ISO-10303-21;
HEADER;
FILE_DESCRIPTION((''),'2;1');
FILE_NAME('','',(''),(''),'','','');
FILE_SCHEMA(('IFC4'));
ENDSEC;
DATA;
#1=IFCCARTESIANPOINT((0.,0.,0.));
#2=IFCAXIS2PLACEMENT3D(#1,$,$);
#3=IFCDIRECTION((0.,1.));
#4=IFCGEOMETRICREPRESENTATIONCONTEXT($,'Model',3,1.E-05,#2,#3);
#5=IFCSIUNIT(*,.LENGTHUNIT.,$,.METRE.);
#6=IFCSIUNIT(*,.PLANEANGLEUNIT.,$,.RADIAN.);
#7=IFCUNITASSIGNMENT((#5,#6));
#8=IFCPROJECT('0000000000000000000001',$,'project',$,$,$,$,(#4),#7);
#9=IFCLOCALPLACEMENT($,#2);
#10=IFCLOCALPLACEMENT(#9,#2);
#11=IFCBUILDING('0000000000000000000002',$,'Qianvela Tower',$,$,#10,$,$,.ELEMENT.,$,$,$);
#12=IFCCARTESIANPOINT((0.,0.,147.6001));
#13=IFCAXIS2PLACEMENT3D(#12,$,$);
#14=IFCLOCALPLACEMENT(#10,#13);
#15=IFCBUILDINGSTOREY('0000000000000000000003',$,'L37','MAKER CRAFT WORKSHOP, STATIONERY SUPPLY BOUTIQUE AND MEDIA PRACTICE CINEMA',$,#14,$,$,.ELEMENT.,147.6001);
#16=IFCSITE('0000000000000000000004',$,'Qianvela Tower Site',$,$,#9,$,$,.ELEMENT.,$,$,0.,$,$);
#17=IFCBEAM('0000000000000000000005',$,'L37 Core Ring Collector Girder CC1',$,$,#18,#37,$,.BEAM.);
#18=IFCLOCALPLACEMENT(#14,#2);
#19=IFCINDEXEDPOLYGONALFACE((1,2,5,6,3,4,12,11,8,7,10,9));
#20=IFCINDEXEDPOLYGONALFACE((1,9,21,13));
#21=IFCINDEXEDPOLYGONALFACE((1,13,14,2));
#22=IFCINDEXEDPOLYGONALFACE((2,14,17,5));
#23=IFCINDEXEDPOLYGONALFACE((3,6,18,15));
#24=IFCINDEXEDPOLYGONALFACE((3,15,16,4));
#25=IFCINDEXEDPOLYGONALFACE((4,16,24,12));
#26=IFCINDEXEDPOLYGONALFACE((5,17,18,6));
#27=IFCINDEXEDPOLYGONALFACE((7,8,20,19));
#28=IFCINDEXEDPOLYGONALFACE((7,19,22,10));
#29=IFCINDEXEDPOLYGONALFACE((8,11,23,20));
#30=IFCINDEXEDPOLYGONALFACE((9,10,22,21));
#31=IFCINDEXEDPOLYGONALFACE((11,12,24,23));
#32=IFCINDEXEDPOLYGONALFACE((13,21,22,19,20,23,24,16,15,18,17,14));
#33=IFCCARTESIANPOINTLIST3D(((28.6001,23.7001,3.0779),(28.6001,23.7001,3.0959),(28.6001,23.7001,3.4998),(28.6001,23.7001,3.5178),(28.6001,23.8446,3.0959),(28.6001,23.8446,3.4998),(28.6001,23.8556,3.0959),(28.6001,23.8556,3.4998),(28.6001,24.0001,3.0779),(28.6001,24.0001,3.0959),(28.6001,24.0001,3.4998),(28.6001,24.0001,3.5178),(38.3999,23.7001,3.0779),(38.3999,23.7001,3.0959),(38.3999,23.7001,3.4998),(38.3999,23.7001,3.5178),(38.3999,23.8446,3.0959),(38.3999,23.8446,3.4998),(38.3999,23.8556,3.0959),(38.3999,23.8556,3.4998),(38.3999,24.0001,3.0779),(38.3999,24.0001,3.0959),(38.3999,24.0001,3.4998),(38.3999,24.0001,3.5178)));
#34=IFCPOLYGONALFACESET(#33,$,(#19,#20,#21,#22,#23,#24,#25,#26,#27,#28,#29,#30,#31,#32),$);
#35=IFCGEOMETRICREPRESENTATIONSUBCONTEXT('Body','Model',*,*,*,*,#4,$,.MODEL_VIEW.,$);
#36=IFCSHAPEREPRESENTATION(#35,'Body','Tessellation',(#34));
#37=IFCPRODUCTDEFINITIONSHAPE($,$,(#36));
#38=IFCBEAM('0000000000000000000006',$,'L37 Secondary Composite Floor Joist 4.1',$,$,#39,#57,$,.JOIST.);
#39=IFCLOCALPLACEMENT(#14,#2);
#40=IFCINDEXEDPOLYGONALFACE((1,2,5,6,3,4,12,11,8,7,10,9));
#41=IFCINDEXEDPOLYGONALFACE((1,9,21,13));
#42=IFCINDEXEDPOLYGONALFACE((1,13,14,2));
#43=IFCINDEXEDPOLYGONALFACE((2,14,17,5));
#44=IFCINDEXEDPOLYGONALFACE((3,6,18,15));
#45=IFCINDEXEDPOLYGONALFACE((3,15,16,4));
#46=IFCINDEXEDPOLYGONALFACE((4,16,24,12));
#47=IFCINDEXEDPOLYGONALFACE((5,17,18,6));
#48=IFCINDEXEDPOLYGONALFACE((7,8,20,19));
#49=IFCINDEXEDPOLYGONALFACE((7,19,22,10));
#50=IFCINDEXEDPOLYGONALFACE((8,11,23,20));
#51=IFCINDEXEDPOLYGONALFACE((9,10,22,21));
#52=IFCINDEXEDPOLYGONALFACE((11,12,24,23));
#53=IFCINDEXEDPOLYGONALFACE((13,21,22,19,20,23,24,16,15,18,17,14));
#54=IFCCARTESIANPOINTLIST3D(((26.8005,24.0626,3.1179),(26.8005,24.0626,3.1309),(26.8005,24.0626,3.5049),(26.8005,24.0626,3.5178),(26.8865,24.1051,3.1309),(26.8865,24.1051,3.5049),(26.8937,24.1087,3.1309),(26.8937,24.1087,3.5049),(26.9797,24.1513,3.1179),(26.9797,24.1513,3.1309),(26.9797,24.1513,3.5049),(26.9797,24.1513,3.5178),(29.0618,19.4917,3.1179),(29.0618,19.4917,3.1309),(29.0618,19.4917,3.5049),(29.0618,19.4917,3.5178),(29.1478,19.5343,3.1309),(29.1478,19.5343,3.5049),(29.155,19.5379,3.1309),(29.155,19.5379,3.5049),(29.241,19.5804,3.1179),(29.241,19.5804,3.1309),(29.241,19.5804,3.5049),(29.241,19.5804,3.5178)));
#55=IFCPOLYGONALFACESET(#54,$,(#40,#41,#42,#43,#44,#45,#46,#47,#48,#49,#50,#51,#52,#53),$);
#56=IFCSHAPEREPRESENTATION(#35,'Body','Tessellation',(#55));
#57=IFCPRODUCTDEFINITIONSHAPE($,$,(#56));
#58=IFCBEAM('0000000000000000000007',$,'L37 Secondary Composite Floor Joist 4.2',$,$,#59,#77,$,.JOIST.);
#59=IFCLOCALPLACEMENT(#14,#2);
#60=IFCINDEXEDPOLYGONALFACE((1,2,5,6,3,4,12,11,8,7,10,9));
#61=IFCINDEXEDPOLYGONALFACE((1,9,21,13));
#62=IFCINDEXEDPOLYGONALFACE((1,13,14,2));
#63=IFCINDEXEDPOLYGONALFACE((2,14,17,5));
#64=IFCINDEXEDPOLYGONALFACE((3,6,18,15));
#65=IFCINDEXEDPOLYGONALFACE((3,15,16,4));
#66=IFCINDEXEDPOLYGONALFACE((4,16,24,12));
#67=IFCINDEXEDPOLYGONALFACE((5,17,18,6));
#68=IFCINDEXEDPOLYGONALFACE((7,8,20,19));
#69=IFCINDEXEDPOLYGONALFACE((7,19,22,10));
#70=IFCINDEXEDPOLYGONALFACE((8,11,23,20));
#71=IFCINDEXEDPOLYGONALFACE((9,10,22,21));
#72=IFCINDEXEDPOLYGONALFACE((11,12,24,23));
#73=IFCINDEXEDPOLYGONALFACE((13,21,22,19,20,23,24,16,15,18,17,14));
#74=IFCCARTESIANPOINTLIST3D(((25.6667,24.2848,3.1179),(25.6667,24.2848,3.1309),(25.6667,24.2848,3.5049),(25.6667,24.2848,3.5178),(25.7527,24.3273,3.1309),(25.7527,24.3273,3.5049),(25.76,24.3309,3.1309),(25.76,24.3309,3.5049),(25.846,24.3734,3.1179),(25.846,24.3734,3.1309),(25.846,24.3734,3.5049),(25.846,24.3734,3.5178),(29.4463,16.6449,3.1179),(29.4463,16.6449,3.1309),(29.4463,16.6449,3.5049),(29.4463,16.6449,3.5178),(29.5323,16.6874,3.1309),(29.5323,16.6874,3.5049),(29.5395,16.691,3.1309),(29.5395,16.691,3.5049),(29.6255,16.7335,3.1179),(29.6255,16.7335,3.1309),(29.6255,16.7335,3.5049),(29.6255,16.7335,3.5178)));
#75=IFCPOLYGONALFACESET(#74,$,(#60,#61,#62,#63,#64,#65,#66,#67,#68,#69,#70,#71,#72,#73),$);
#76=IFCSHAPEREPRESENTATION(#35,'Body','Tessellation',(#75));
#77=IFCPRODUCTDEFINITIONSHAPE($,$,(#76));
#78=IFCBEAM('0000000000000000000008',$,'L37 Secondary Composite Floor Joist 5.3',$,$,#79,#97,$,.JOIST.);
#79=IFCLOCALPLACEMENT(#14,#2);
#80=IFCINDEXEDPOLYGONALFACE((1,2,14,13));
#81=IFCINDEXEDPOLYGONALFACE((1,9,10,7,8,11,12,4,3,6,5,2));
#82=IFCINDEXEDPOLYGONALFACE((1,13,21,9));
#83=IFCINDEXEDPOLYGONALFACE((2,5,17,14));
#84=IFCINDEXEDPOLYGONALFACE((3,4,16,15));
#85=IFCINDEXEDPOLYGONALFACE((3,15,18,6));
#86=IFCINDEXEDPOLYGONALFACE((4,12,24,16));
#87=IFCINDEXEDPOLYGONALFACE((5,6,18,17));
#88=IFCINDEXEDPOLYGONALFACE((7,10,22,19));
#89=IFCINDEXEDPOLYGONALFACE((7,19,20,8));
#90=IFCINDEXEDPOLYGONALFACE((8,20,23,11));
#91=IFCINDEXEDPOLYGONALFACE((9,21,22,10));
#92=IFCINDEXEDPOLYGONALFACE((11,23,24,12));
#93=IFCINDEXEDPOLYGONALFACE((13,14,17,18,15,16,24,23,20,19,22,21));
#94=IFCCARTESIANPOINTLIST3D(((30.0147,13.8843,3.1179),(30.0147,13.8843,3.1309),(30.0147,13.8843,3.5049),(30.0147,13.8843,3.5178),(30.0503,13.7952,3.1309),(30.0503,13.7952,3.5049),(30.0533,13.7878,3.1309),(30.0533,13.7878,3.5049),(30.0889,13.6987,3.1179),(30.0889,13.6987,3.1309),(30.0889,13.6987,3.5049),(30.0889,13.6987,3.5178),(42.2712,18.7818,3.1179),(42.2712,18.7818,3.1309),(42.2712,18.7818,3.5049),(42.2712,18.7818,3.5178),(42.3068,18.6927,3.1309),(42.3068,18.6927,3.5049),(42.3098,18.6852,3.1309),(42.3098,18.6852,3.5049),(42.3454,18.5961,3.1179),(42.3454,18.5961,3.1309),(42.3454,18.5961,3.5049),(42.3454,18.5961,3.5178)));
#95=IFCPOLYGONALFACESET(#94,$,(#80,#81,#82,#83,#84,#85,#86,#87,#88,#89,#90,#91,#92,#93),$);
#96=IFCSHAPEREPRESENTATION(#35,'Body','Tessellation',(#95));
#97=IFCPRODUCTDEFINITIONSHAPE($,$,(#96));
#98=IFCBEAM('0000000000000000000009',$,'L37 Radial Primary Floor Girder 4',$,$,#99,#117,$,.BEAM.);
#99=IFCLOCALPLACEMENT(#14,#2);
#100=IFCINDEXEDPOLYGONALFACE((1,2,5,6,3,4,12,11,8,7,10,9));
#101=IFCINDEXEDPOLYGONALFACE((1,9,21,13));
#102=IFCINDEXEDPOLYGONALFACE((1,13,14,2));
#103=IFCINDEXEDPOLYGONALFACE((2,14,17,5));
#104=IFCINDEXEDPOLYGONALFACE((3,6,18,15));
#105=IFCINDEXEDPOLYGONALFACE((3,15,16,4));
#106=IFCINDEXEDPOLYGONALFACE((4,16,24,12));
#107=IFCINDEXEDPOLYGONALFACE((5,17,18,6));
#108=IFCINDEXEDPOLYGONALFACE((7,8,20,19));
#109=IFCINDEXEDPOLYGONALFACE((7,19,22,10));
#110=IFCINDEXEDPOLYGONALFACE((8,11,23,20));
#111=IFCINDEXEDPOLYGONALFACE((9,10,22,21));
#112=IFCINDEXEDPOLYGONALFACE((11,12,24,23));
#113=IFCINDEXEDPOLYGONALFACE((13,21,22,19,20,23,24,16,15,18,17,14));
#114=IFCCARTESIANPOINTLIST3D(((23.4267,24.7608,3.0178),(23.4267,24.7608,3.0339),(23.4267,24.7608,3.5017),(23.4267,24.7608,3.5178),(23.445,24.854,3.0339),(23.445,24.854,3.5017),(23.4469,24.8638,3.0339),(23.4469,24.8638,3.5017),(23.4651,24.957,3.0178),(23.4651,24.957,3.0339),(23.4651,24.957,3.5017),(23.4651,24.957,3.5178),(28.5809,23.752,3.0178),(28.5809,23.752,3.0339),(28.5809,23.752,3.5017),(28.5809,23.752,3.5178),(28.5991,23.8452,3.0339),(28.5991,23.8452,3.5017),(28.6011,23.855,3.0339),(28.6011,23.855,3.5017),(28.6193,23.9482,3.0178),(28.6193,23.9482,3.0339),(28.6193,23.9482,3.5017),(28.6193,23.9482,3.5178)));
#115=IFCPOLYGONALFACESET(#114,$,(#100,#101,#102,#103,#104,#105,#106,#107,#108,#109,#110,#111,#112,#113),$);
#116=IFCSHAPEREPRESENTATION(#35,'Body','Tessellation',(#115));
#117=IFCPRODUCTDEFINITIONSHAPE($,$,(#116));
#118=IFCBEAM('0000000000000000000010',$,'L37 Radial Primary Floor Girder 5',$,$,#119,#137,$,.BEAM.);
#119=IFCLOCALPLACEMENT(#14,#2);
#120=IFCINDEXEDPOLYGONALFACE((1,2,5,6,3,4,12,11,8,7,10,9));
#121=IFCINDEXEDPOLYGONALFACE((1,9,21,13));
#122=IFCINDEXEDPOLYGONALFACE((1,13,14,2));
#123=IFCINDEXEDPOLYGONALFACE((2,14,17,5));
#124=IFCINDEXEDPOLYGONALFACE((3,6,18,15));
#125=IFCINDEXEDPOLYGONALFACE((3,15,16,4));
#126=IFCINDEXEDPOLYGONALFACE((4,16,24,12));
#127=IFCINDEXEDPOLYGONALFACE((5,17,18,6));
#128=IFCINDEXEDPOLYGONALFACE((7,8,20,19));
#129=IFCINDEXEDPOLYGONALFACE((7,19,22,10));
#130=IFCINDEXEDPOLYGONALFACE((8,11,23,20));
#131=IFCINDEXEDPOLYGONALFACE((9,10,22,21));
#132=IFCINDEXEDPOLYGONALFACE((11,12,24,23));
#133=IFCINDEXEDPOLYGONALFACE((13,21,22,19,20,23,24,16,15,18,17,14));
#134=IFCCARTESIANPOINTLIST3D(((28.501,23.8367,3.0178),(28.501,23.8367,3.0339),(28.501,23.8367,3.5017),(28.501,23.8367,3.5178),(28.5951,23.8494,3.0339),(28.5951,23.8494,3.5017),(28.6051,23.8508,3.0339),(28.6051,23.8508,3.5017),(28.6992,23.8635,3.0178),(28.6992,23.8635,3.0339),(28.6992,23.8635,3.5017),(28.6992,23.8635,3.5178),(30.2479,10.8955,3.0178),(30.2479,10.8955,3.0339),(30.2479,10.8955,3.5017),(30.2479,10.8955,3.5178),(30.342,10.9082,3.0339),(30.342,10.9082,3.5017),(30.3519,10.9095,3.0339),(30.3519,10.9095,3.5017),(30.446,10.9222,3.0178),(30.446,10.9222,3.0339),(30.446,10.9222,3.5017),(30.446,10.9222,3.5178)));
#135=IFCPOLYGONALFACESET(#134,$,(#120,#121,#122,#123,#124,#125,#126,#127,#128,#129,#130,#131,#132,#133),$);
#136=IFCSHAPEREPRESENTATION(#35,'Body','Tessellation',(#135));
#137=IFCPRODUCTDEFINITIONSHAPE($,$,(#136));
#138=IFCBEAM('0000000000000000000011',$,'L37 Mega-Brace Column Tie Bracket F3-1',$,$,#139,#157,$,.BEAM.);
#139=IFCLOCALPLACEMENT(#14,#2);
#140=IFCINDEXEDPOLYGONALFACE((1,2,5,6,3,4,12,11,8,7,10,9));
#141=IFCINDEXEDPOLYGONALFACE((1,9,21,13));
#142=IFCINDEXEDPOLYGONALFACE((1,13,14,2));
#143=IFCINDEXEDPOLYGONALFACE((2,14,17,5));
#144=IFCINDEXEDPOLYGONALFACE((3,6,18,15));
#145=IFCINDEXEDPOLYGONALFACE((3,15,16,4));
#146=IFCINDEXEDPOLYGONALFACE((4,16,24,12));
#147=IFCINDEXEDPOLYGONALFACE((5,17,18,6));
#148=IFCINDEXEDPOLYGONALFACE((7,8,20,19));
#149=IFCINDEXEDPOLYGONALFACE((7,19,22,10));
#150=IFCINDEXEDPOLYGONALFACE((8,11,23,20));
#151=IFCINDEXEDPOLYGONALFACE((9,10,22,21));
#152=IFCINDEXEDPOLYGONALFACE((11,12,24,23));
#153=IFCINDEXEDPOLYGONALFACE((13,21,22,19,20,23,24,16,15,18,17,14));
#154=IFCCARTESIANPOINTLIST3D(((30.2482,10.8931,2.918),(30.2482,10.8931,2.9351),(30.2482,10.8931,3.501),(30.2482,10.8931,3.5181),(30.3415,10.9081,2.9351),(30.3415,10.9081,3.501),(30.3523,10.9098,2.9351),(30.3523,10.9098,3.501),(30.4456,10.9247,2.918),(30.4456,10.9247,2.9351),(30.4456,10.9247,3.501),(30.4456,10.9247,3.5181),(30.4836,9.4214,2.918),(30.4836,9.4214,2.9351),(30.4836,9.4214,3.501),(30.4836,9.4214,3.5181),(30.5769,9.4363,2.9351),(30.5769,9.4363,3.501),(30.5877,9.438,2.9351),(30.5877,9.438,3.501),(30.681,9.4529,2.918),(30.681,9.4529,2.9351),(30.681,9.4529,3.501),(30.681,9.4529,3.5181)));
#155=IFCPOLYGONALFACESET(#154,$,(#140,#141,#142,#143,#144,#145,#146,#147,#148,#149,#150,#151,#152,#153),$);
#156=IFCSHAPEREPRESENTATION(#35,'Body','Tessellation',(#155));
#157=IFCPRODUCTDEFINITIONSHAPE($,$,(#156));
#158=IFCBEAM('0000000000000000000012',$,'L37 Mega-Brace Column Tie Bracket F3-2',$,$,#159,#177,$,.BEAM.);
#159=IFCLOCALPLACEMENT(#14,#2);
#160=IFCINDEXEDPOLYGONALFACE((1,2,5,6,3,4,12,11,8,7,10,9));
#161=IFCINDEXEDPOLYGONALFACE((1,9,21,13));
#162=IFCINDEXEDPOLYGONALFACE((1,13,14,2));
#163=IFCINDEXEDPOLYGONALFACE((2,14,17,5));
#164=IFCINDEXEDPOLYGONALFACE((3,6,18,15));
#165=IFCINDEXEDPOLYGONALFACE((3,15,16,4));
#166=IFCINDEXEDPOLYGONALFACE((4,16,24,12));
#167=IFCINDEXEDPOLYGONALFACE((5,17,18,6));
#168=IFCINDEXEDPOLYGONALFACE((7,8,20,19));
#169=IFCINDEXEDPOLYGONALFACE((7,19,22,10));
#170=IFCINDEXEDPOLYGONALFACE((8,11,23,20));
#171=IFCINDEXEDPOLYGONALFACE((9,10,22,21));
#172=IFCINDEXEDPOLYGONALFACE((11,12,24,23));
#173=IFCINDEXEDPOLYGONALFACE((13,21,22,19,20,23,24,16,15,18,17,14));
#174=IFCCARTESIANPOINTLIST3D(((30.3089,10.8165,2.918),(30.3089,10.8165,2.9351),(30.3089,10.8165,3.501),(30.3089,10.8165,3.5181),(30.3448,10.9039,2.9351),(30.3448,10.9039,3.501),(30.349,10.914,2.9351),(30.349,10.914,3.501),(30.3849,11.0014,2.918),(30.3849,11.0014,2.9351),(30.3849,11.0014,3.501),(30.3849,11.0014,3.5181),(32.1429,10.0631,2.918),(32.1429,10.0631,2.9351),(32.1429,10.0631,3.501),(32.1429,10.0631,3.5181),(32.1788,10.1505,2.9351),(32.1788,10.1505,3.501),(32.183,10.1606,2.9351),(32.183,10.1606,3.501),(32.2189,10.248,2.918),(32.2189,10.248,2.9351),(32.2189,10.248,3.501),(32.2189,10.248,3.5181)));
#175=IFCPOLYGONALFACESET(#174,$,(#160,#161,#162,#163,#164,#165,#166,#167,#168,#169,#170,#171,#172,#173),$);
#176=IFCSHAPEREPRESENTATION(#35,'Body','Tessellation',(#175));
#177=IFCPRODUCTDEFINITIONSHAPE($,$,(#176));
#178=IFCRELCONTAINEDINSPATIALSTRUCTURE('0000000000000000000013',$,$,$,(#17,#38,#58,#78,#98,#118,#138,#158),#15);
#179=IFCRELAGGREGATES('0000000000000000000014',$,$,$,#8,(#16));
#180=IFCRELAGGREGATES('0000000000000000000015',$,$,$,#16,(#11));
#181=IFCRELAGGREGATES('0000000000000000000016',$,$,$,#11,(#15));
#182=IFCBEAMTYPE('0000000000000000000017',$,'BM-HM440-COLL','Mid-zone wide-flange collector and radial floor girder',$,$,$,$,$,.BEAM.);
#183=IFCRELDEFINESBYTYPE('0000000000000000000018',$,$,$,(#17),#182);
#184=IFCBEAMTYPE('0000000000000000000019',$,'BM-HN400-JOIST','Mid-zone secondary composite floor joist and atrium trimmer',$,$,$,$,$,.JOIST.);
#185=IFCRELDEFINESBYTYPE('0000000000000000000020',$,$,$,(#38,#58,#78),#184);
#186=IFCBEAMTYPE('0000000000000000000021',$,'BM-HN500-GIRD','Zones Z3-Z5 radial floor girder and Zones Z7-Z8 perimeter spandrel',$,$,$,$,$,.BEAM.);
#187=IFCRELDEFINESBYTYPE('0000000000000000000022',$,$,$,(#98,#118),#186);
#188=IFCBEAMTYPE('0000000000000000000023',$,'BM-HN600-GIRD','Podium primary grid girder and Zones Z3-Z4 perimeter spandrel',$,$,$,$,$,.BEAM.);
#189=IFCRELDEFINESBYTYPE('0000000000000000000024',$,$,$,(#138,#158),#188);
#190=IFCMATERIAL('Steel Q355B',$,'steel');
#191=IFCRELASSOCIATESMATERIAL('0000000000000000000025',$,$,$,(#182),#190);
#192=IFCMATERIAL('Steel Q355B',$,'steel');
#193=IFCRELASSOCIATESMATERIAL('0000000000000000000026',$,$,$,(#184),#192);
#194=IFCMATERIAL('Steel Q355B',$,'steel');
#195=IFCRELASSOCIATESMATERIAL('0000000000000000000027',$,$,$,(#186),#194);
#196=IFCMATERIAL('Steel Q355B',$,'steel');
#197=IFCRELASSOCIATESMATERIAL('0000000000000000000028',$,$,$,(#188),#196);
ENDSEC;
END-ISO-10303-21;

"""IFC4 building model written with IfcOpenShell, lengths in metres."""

from ifc_helpers import new_model, si_unit, direction, frame, origin, origin_2d, place, context, subcontext, project, spatial, i_section, extrude, material, material_profile, profile_set, type_object, element, save


model = new_model("IFC4")

# Units and contexts
model_context = context("Model", 3, precision=1e-05, world=origin(), true_north=direction((0.0, 1.0)))
body_context = subcontext(model_context, "Body", "Model", "MODEL_VIEW")
ifc_project = project(units=[si_unit("LENGTHUNIT", "METRE"), si_unit("PLANEANGLEUNIT", "RADIAN")], contexts=[model_context])

# Site, building, storey
site_placement = place(None, origin())
site = spatial("IfcSite", under=ifc_project, at=site_placement, Name="Qianvela Tower Site", CompositionType="ELEMENT", RefElevation=0.0)
building_placement = place(site_placement, origin())
building = spatial("IfcBuilding", under=site, at=building_placement, Name="Qianvela Tower", CompositionType="ELEMENT")
storey_placement = place(building_placement, frame((0.0, 0.0, 147.6001)))
storey = spatial("IfcBuildingStorey", under=building, at=storey_placement, Name="L37", Description="MAKER CRAFT WORKSHOP, STATIONERY SUPPLY BOUTIQUE AND MEDIA PRACTICE CINEMA", CompositionType="ELEMENT", Elevation=147.6001)

# Beams
ifc_material_1 = material(Name="Steel Q355B", Category="steel")
ifc_material_profile_1 = material_profile(ifc_material_1, i_section(OverallWidth=0.3, OverallDepth=0.4399, WebThickness=0.011, FlangeThickness=0.0181, at=origin_2d()), Name="HM440x300x11x18")
ifc_profile_set_1 = profile_set([ifc_material_profile_1], Name="Steel Q355B")
beam_type_1 = type_object("IfcBeamType", Name="BM-HM440-COLL", Description="Mid-zone wide-flange collector and radial floor girder", PredefinedType="BEAM", material=ifc_profile_set_1)
beam_1_placement = place(storey_placement, frame((28.6001, 23.8501, 3.2979), z_axis=(1.0, 0.0, 0.0), x_axis=(0.0, 1.0, 0.0)))
element("IfcBeam", 1, at=beam_1_placement, inside=storey, type_object=beam_type_1, Name="L37 Core Ring Collector Girder CC1", PredefinedType="BEAM", context=body_context, shape_type="SweptSolid", body=[
    extrude(i_section(OverallWidth=0.3, OverallDepth=0.4399, WebThickness=0.011, FlangeThickness=0.0181, at=origin_2d()), origin(), (0.0, 0.0, 1.0), 9.7998),
])
ifc_material_2 = material(Name="Steel Q355B", Category="steel")
ifc_material_profile_2 = material_profile(ifc_material_2, i_section(OverallWidth=0.2, OverallDepth=0.3999, WebThickness=0.0081, FlangeThickness=0.0129, at=origin_2d()), Name="HN400x200x8x13")
ifc_profile_set_2 = profile_set([ifc_material_profile_2], Name="Steel Q355B")
beam_type_2 = type_object("IfcBeamType", Name="BM-HN400-JOIST", Description="Mid-zone secondary composite floor joist and atrium trimmer", PredefinedType="JOIST", material=ifc_profile_set_2)
beam_2_placement = place(storey_placement, frame((26.8901, 24.1069, 3.3179), z_axis=(0.443418, -0.896315, 0.0), x_axis=(0.896315, 0.443418, 0.0)))
element("IfcBeam", 2, at=beam_2_placement, inside=storey, type_object=beam_type_2, Name="L37 Secondary Composite Floor Joist 4.1", PredefinedType="JOIST", context=body_context, shape_type="SweptSolid", body=[
    extrude(i_section(OverallWidth=0.2, OverallDepth=0.3999, WebThickness=0.0081, FlangeThickness=0.0129, at=origin_2d()), origin(), (0.0, 0.0, 1.0), 5.0996),
])
beam_3_placement = place(storey_placement, frame((25.7563, 24.3291, 3.3179), z_axis=(0.443417, -0.896315, 0.0), x_axis=(0.896315, 0.443417, 0.0)))
element("IfcBeam", 3, at=beam_3_placement, inside=storey, type_object=beam_type_2, Name="L37 Secondary Composite Floor Joist 4.2", PredefinedType="JOIST", context=body_context, shape_type="SweptSolid", body=[
    extrude(i_section(OverallWidth=0.2, OverallDepth=0.3999, WebThickness=0.0081, FlangeThickness=0.0129, at=origin_2d()), origin(), (0.0, 0.0, 1.0), 8.5237),
])
beam_4_placement = place(storey_placement, frame((30.0518, 13.7915, 3.3179), z_axis=(0.928612, 0.371053, 0.0), x_axis=(-0.371053, 0.928612, 0.0)))
element("IfcBeam", 4, at=beam_4_placement, inside=storey, type_object=beam_type_2, Name="L37 Secondary Composite Floor Joist 5.3", PredefinedType="JOIST", context=body_context, shape_type="SweptSolid", body=[
    extrude(i_section(OverallWidth=0.2, OverallDepth=0.3999, WebThickness=0.0081, FlangeThickness=0.0129, at=origin_2d()), origin(), (0.0, 0.0, 1.0), 13.1987),
])
ifc_material_3 = material(Name="Steel Q355B", Category="steel")
ifc_material_profile_3 = material_profile(ifc_material_3, i_section(OverallWidth=0.2, OverallDepth=0.5, WebThickness=0.01, FlangeThickness=0.0161, at=origin_2d()), Name="HN500x200x10x16")
ifc_profile_set_3 = profile_set([ifc_material_profile_3], Name="Steel Q355B")
beam_type_3 = type_object("IfcBeamType", Name="BM-HN500-GIRD", Description="Zones Z3-Z5 radial floor girder and Zones Z7-Z8 perimeter spandrel", PredefinedType="BEAM", material=ifc_profile_set_3)
beam_5_placement = place(storey_placement, frame((28.6001, 23.8501, 3.2678), z_axis=(-0.981379, 0.192083, 0.0), x_axis=(-0.192083, -0.981379, 0.0)))
element("IfcBeam", 5, at=beam_5_placement, inside=storey, type_object=beam_type_3, Name="L37 Radial Primary Floor Girder 4", PredefinedType="BEAM", context=body_context, shape_type="SweptSolid", body=[
    extrude(i_section(OverallWidth=0.2, OverallDepth=0.5, WebThickness=0.01, FlangeThickness=0.0161, at=origin_2d()), origin(), (0.0, 0.0, 1.0), 5.252),
])
beam_6_placement = place(storey_placement, frame((28.6001, 23.8501, 3.2678), z_axis=(0.133769, -0.991013, 0.0), x_axis=(0.991013, 0.133769, 0.0)))
element("IfcBeam", 6, at=beam_6_placement, inside=storey, type_object=beam_type_3, Name="L37 Radial Primary Floor Girder 5", PredefinedType="BEAM", context=body_context, shape_type="SweptSolid", body=[
    extrude(i_section(OverallWidth=0.2, OverallDepth=0.5, WebThickness=0.01, FlangeThickness=0.0161, at=origin_2d()), origin(), (0.0, 0.0, 1.0), 13.0586),
])
ifc_material_4 = material(Name="Steel Q355B", Category="steel")
ifc_material_profile_4 = material_profile(ifc_material_4, i_section(OverallWidth=0.2, OverallDepth=0.6001, WebThickness=0.011, FlangeThickness=0.0171, at=origin_2d()), Name="HN600x200x11x17")
ifc_profile_set_4 = profile_set([ifc_material_profile_4], Name="Steel Q355B")
beam_type_4 = type_object("IfcBeamType", Name="BM-HN600-GIRD", Description="Podium primary grid girder and Zones Z3-Z4 perimeter spandrel", PredefinedType="BEAM", material=ifc_profile_set_4)
beam_7_placement = place(storey_placement, frame((30.3469, 10.9089, 3.218), z_axis=(0.157914, -0.987453, 0.0), x_axis=(0.987453, 0.157914, 0.0)))
element("IfcBeam", 7, at=beam_7_placement, inside=storey, type_object=beam_type_4, Name="L37 Mega-Brace Column Tie Bracket F3-1", PredefinedType="BEAM", context=body_context, shape_type="SweptSolid", body=[
    extrude(i_section(OverallWidth=0.2, OverallDepth=0.6001, WebThickness=0.011, FlangeThickness=0.0171, at=origin_2d()), origin(), (0.0, 0.0, 1.0), 1.4905),
])
beam_8_placement = place(storey_placement, frame((30.3469, 10.9089, 3.218), z_axis=(0.924989, -0.379994, 0.0), x_axis=(0.379994, 0.924989, 0.0)))
element("IfcBeam", 8, at=beam_8_placement, inside=storey, type_object=beam_type_4, Name="L37 Mega-Brace Column Tie Bracket F3-2", PredefinedType="BEAM", context=body_context, shape_type="SweptSolid", body=[
    extrude(i_section(OverallWidth=0.2, OverallDepth=0.6001, WebThickness=0.011, FlangeThickness=0.0171, at=origin_2d()), origin(), (0.0, 0.0, 1.0), 1.9827),
])

save(model, "model.ifc")
